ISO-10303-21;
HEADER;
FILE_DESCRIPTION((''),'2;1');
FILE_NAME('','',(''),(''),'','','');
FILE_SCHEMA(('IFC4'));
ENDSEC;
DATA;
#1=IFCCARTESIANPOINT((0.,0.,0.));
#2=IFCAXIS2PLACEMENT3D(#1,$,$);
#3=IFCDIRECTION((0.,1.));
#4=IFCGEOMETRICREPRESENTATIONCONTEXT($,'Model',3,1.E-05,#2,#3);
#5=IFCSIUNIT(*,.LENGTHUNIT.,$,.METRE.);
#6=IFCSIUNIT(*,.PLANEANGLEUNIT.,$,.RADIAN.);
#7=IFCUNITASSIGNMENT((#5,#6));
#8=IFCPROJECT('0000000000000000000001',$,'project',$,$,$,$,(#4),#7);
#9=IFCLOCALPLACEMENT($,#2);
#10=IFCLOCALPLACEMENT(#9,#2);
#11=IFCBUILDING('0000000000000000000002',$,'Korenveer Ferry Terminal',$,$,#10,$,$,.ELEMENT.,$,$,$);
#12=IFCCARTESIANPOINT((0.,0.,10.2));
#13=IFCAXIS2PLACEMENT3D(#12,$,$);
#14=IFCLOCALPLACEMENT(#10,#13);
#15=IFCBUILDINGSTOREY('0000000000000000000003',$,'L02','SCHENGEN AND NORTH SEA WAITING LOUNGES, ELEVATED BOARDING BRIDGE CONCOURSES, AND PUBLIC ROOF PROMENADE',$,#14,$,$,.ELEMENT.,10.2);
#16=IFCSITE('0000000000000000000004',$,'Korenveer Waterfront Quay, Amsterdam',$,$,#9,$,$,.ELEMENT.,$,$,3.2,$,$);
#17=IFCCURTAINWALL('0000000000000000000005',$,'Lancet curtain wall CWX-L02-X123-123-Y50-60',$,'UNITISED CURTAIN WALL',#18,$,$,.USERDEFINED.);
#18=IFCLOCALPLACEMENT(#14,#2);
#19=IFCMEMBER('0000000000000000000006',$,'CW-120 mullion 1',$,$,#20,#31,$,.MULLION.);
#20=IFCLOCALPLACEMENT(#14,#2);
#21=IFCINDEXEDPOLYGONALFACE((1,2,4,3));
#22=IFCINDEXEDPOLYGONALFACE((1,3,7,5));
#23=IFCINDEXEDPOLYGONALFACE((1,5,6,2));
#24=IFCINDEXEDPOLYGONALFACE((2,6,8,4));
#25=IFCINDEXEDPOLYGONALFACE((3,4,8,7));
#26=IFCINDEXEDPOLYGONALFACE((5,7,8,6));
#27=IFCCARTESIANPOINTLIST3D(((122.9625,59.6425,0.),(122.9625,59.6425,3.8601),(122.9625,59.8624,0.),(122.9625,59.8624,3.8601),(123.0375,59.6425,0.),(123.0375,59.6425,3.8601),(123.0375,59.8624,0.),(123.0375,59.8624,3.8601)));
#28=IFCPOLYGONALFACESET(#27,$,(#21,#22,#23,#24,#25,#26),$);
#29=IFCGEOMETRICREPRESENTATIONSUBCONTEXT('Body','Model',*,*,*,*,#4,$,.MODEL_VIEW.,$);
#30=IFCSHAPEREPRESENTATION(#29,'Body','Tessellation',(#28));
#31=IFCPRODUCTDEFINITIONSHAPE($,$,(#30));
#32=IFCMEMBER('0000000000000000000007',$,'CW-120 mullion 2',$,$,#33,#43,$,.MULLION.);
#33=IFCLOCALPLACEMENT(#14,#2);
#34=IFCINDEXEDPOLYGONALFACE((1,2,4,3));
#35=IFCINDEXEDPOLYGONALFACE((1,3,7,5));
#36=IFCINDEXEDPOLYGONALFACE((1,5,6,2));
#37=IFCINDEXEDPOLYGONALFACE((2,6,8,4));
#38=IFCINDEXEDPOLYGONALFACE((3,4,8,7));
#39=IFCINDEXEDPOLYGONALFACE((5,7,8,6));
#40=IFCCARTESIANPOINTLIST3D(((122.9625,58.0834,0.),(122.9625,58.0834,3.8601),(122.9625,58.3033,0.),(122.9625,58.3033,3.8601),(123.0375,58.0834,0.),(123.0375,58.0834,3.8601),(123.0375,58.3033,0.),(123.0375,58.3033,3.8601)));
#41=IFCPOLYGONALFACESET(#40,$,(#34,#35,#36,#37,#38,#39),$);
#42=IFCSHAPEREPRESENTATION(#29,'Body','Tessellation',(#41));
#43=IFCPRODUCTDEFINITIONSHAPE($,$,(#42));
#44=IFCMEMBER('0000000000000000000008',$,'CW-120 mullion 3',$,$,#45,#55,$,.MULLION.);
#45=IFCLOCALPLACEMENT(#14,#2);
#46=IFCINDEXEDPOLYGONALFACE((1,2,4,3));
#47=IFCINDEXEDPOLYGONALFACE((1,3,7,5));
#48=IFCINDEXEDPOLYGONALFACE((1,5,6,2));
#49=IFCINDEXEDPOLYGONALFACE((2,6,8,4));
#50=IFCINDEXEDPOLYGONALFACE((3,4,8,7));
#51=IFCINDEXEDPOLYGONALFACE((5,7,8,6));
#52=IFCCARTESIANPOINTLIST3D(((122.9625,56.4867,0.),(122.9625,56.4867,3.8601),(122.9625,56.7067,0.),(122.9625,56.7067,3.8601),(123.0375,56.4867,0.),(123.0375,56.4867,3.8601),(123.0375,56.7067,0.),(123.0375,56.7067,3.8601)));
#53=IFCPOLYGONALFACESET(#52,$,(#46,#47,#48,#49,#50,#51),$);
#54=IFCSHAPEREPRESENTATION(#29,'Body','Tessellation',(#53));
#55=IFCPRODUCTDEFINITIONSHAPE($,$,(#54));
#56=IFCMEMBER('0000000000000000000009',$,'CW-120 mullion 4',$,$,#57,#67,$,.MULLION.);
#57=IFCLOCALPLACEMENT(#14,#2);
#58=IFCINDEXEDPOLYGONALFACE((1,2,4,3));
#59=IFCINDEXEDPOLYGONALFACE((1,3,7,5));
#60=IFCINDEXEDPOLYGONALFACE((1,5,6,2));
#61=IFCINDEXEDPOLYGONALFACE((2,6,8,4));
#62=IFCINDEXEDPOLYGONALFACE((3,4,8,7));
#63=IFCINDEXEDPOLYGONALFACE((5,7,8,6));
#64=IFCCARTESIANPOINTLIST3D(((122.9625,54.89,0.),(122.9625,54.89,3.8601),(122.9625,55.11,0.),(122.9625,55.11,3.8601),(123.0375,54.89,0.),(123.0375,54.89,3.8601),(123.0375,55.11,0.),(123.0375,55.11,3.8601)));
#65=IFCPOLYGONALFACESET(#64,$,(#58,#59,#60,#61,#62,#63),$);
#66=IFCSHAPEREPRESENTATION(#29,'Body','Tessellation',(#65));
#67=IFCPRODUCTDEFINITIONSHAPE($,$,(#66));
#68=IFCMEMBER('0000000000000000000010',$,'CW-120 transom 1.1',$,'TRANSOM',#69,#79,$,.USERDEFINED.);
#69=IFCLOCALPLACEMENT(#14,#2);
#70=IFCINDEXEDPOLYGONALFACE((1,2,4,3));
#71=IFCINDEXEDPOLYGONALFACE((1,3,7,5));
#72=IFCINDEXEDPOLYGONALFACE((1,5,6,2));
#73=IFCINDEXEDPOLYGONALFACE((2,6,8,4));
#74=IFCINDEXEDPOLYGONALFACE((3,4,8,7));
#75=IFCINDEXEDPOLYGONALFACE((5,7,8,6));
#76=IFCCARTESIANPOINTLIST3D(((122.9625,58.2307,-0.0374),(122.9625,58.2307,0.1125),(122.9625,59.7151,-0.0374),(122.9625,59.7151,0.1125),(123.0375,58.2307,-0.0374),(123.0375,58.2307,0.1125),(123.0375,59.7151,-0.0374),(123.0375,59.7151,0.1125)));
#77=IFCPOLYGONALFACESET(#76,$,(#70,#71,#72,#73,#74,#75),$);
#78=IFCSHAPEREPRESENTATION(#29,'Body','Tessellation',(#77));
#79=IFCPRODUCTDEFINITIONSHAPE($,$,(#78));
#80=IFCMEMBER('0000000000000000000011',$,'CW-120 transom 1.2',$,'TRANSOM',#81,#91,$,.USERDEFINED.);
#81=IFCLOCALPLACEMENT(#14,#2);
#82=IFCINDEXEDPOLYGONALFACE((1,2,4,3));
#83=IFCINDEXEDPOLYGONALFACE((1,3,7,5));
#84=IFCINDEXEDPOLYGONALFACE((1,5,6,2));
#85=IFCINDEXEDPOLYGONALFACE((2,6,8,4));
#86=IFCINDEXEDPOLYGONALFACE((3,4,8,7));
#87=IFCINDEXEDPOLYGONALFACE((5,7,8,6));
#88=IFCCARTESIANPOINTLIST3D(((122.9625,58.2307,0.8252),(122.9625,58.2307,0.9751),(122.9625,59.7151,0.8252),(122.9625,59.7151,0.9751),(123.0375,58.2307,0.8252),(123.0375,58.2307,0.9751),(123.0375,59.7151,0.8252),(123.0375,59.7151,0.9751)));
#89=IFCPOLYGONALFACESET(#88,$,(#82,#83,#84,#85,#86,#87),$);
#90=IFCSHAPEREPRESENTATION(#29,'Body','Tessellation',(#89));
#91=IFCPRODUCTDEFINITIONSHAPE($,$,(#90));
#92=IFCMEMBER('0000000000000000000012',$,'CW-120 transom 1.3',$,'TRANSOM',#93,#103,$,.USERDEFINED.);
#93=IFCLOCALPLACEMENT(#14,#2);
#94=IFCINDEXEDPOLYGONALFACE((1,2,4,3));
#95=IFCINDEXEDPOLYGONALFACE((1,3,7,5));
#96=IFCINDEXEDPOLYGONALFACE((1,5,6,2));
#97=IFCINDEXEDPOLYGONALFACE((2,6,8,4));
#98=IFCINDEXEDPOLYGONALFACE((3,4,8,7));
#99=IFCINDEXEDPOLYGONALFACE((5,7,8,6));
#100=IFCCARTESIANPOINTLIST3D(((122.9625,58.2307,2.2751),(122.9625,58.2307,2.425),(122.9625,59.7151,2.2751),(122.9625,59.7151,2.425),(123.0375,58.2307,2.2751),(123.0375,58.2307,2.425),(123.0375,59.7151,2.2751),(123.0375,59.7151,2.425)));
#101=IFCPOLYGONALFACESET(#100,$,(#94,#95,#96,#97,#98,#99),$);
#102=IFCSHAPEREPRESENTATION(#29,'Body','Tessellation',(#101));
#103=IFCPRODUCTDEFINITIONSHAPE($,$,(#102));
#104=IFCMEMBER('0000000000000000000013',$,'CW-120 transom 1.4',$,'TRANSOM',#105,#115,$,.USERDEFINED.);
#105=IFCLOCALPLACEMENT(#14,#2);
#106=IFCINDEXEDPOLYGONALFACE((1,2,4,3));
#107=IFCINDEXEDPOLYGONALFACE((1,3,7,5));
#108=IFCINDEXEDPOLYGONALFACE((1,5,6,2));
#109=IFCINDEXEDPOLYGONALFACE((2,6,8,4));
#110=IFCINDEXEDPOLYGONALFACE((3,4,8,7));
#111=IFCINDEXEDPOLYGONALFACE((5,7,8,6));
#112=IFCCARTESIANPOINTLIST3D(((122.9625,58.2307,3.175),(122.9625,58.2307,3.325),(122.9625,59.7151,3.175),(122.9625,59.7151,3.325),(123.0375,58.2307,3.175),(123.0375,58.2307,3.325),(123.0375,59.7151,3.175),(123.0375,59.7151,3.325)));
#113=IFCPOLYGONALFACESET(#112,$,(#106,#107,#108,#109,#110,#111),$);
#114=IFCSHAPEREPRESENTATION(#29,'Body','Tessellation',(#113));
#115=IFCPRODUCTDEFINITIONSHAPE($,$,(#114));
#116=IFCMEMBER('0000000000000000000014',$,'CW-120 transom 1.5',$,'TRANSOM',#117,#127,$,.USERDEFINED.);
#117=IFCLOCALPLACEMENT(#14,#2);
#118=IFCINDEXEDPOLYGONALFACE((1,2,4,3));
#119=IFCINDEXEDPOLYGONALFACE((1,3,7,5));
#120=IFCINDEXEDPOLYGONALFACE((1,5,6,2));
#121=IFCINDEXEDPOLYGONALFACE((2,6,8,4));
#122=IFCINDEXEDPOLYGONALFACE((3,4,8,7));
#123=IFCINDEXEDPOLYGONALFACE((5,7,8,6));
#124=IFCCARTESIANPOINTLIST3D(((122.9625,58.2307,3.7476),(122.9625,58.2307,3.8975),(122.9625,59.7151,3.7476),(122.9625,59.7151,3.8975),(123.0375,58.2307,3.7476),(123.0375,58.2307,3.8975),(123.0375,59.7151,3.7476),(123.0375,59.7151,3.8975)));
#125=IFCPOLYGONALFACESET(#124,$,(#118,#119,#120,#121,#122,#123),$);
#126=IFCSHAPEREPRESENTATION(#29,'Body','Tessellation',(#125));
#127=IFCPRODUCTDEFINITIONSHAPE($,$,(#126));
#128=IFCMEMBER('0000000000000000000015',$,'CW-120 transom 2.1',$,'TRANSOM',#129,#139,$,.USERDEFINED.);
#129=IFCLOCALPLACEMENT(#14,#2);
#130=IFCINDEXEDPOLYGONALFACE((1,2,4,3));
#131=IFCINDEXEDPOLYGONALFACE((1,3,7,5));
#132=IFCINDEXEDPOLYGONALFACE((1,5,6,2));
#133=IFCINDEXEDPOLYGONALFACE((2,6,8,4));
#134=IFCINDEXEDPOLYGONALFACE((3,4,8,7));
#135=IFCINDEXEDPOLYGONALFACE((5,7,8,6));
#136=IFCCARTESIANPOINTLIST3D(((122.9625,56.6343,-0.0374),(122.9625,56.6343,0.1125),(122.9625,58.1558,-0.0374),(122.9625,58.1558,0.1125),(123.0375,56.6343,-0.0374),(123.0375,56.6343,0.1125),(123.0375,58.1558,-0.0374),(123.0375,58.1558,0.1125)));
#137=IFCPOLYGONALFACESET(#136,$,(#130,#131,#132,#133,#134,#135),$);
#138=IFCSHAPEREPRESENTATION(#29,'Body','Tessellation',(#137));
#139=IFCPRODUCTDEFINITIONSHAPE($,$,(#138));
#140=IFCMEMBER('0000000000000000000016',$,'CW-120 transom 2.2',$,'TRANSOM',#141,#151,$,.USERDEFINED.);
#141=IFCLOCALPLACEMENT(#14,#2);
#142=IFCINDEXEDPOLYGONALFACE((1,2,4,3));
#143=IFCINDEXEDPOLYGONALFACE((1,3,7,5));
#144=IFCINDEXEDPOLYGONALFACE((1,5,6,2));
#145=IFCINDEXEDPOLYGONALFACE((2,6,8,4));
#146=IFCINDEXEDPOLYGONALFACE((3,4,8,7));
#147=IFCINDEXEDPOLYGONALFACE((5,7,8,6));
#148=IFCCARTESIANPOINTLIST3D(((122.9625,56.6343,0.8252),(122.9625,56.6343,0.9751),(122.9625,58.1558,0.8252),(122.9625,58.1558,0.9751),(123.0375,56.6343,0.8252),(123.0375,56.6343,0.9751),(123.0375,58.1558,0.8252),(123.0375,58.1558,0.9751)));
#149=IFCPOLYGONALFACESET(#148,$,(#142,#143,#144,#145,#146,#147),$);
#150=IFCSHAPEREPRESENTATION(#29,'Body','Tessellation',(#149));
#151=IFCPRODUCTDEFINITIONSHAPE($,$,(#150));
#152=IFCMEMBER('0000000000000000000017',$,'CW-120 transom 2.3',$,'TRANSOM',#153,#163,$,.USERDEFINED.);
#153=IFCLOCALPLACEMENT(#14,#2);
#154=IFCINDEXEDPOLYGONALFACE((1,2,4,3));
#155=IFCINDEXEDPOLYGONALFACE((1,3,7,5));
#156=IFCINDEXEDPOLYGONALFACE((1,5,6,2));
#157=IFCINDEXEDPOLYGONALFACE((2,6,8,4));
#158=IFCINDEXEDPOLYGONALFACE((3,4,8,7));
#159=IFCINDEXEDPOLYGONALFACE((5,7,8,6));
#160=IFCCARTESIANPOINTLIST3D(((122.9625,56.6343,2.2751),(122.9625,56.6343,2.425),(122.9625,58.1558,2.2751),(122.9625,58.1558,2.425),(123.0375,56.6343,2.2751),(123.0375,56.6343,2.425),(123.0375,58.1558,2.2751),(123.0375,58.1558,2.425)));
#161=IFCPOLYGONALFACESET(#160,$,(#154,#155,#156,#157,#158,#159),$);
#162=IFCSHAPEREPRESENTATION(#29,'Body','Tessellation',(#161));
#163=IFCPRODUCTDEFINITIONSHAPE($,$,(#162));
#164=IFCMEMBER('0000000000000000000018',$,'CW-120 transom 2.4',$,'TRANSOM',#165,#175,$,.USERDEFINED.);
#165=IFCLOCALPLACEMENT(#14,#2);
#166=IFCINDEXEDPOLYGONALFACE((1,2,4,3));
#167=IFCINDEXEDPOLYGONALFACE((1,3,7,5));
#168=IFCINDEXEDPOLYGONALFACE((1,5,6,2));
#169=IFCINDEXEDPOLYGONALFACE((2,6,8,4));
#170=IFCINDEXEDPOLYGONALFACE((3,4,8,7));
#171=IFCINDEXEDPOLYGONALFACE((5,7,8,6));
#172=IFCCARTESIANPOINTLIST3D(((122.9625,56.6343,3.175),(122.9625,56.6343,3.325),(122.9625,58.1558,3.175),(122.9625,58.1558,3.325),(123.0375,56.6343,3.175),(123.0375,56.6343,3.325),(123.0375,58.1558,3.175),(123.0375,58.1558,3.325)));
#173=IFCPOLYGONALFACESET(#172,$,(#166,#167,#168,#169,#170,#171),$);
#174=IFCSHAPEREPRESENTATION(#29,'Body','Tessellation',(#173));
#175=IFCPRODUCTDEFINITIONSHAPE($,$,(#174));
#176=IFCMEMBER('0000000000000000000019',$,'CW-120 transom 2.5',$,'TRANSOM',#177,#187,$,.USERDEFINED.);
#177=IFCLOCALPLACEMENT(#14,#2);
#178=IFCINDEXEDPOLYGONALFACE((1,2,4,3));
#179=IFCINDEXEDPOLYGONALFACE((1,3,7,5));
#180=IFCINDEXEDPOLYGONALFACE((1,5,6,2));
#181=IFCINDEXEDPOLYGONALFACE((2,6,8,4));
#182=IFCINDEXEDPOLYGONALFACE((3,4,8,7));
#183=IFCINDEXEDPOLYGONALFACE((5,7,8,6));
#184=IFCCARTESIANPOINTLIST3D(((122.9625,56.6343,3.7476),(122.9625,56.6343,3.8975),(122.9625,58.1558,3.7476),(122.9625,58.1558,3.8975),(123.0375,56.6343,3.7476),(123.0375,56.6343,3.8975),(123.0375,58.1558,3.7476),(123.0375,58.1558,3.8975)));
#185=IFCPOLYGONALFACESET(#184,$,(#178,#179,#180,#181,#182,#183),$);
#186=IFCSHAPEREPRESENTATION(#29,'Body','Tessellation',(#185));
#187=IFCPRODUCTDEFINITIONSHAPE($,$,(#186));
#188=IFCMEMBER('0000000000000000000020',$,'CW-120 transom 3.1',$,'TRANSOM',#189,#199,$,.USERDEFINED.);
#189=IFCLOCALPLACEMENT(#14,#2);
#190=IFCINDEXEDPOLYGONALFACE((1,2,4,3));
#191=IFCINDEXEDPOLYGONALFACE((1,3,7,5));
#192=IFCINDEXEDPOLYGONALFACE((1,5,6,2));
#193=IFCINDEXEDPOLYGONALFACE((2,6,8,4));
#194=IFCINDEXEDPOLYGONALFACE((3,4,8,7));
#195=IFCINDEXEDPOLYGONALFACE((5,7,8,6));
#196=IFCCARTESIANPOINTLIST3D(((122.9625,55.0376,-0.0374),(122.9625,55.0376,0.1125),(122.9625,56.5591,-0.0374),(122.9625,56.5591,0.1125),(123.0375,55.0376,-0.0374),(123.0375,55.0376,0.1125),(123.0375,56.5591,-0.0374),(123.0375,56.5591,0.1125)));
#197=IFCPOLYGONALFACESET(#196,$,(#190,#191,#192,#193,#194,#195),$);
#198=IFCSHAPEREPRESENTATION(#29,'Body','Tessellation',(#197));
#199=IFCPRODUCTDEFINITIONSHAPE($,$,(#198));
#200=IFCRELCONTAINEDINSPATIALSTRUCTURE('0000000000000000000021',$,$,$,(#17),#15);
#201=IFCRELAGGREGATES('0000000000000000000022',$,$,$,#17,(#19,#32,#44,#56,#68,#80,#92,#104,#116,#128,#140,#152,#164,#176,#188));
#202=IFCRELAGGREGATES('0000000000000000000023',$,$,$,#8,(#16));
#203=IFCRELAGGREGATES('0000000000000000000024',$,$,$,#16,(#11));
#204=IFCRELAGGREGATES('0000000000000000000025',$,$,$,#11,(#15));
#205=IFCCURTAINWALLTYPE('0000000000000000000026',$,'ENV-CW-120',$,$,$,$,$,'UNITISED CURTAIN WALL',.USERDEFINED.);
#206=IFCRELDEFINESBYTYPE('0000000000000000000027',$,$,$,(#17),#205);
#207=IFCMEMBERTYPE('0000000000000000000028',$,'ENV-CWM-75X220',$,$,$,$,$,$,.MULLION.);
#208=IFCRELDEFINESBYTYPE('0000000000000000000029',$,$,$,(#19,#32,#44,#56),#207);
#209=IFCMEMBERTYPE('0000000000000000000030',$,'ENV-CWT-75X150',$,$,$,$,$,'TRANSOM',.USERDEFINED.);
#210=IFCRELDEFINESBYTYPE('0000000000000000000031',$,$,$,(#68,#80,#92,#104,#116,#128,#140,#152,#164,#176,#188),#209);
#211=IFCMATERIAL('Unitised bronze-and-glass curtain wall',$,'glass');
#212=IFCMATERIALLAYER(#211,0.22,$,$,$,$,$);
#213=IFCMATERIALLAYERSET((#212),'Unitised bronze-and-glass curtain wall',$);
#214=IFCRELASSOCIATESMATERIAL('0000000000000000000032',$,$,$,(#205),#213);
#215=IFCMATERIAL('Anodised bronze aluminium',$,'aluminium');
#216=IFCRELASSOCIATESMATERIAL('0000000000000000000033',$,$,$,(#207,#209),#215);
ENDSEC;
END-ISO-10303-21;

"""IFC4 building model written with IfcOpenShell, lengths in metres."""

from ifc_helpers import new_model, si_unit, direction, frame, origin, origin_2d, place, context, subcontext, project, spatial, rectangle, extrude, material, layer, layer_set, material_profile, profile_set, type_object, element, aggregate, save


model = new_model("IFC4")

# Units and contexts
model_context = context("Model", 3, precision=1e-05, world=origin(), true_north=direction((0.0, 1.0)))
body_context = subcontext(model_context, "Body", "Model", "MODEL_VIEW")
ifc_project = project(units=[si_unit("LENGTHUNIT", "METRE"), si_unit("PLANEANGLEUNIT", "RADIAN")], contexts=[model_context])

# Site, building, storey
site_placement = place(None, origin())
site = spatial("IfcSite", under=ifc_project, at=site_placement, Name="Korenveer Waterfront Quay, Amsterdam", CompositionType="ELEMENT", RefElevation=3.2)
building_placement = place(site_placement, origin())
building = spatial("IfcBuilding", under=site, at=building_placement, Name="Korenveer Ferry Terminal", CompositionType="ELEMENT")
storey_placement = place(building_placement, frame((0.0, 0.0, 10.2)))
storey = spatial("IfcBuildingStorey", under=building, at=storey_placement, Name="L02", Description="SCHENGEN AND NORTH SEA WAITING LOUNGES, ELEVATED BOARDING BRIDGE CONCOURSES, AND PUBLIC ROOF PROMENADE", CompositionType="ELEMENT", Elevation=10.2)

# Curtain wall, members
ifc_material_1 = material(Name="Unitised bronze-and-glass curtain wall", Category="glass")
ifc_layer_1 = layer(ifc_material_1, 0.22)
ifc_layer_set_1 = layer_set([ifc_layer_1], Name="Unitised bronze-and-glass curtain wall")
curtain_wall_type = type_object("IfcCurtainWallType", Name="ENV-CW-120", ElementType="UNITISED CURTAIN WALL", PredefinedType="USERDEFINED", material=ifc_layer_set_1)
curtain_wall_placement = place(storey_placement, frame((123.0, 59.79, 0.0)))
curtain_wall = element("IfcCurtainWall", 1, at=curtain_wall_placement, inside=storey, type_object=curtain_wall_type, Name="Lancet curtain wall CWX-L02-X123-123-Y50-60", ObjectType="UNITISED CURTAIN WALL", PredefinedType="USERDEFINED")
ifc_material_2 = material(Name="Anodised bronze aluminium", Category="aluminium")
ifc_material_profile_1 = material_profile(ifc_material_2, rectangle(XDim=0.075, YDim=0.22, at=origin_2d()), Name="ALU 75x220")
ifc_profile_set_1 = profile_set([ifc_material_profile_1], Name="Anodised bronze aluminium")
member_type_1 = type_object("IfcMemberType", Name="ENV-CWM-75X220", PredefinedType="MULLION", material=ifc_profile_set_1)
member_1_placement = place(storey_placement, frame((123.0, 59.7524, 0.0), z_axis=(0.0, 0.0, 1.0), x_axis=(1.0, 0.0, 0.0)))
member_1 = element("IfcMember", 2, at=member_1_placement, type_object=member_type_1, Name="CW-120 mullion 1", PredefinedType="MULLION", context=body_context, shape_type="SweptSolid", body=[
    extrude(rectangle(XDim=0.075, YDim=0.22, at=origin_2d()), origin(), (0.0, 0.0, 1.0), 3.8601),
])
member_2_placement = place(storey_placement, frame((123.0, 58.1934, 0.0), z_axis=(0.0, 0.0, 1.0), x_axis=(1.0, 0.0, 0.0)))
member_2 = element("IfcMember", 3, at=member_2_placement, type_object=member_type_1, Name="CW-120 mullion 2", PredefinedType="MULLION", context=body_context, shape_type="SweptSolid", body=[
    extrude(rectangle(XDim=0.075, YDim=0.22, at=origin_2d()), origin(), (0.0, 0.0, 1.0), 3.8601),
])
member_3_placement = place(storey_placement, frame((123.0, 56.5967, 0.0), z_axis=(0.0, 0.0, 1.0), x_axis=(1.0, 0.0, 0.0)))
member_3 = element("IfcMember", 4, at=member_3_placement, type_object=member_type_1, Name="CW-120 mullion 3", PredefinedType="MULLION", context=body_context, shape_type="SweptSolid", body=[
    extrude(rectangle(XDim=0.075, YDim=0.22, at=origin_2d()), origin(), (0.0, 0.0, 1.0), 3.8601),
])
member_4_placement = place(storey_placement, frame((123.0, 55.0, 0.0), z_axis=(0.0, 0.0, 1.0), x_axis=(1.0, 0.0, 0.0)))
member_4 = element("IfcMember", 5, at=member_4_placement, type_object=member_type_1, Name="CW-120 mullion 4", PredefinedType="MULLION", context=body_context, shape_type="SweptSolid", body=[
    extrude(rectangle(XDim=0.075, YDim=0.22, at=origin_2d()), origin(), (0.0, 0.0, 1.0), 3.8601),
])
ifc_material_profile_2 = material_profile(ifc_material_2, rectangle(XDim=0.075, YDim=0.1499, at=origin_2d()), Name="ALU 75x150")
ifc_profile_set_2 = profile_set([ifc_material_profile_2], Name="Anodised bronze aluminium")
member_type_2 = type_object("IfcMemberType", Name="ENV-CWT-75X150", ElementType="TRANSOM", PredefinedType="USERDEFINED", material=ifc_profile_set_2)
member_5_placement = place(storey_placement, frame((123.0, 59.7151, 0.0376), z_axis=(0.0, -1.0, 0.0), x_axis=(1.0, 0.0, 0.0)))
member_5 = element("IfcMember", 6, at=member_5_placement, type_object=member_type_2, Name="CW-120 transom 1.1", ObjectType="TRANSOM", PredefinedType="USERDEFINED", context=body_context, shape_type="SweptSolid", body=[
    extrude(rectangle(XDim=0.075, YDim=0.1499, at=origin_2d()), origin(), (0.0, 0.0, 1.0), 1.4844),
])
member_6_placement = place(storey_placement, frame((123.0, 59.7151, 0.9001), z_axis=(0.0, -1.0, 0.0), x_axis=(1.0, 0.0, 0.0)))
member_6 = element("IfcMember", 7, at=member_6_placement, type_object=member_type_2, Name="CW-120 transom 1.2", ObjectType="TRANSOM", PredefinedType="USERDEFINED", context=body_context, shape_type="SweptSolid", body=[
    extrude(rectangle(XDim=0.075, YDim=0.1499, at=origin_2d()), origin(), (0.0, 0.0, 1.0), 1.4844),
])
member_7_placement = place(storey_placement, frame((123.0, 59.7151, 2.3501), z_axis=(0.0, -1.0, 0.0), x_axis=(1.0, 0.0, 0.0)))
member_7 = element("IfcMember", 8, at=member_7_placement, type_object=member_type_2, Name="CW-120 transom 1.3", ObjectType="TRANSOM", PredefinedType="USERDEFINED", context=body_context, shape_type="SweptSolid", body=[
    extrude(rectangle(XDim=0.075, YDim=0.1499, at=origin_2d()), origin(), (0.0, 0.0, 1.0), 1.4844),
])
member_8_placement = place(storey_placement, frame((123.0, 59.7151, 3.25), z_axis=(0.0, -1.0, 0.0), x_axis=(1.0, 0.0, 0.0)))
member_8 = element("IfcMember", 9, at=member_8_placement, type_object=member_type_2, Name="CW-120 transom 1.4", ObjectType="TRANSOM", PredefinedType="USERDEFINED", context=body_context, shape_type="SweptSolid", body=[
    extrude(rectangle(XDim=0.075, YDim=0.1499, at=origin_2d()), origin(), (0.0, 0.0, 1.0), 1.4844),
])
member_9_placement = place(storey_placement, frame((123.0, 59.7151, 3.8225), z_axis=(0.0, -1.0, 0.0), x_axis=(1.0, 0.0, 0.0)))
member_9 = element("IfcMember", 10, at=member_9_placement, type_object=member_type_2, Name="CW-120 transom 1.5", ObjectType="TRANSOM", PredefinedType="USERDEFINED", context=body_context, shape_type="SweptSolid", body=[
    extrude(rectangle(XDim=0.075, YDim=0.1499, at=origin_2d()), origin(), (0.0, 0.0, 1.0), 1.4844),
])
member_10_placement = place(storey_placement, frame((123.0, 58.1558, 0.0376), z_axis=(0.0, -1.0, 0.0), x_axis=(1.0, 0.0, 0.0)))
member_10 = element("IfcMember", 11, at=member_10_placement, type_object=member_type_2, Name="CW-120 transom 2.1", ObjectType="TRANSOM", PredefinedType="USERDEFINED", context=body_context, shape_type="SweptSolid", body=[
    extrude(rectangle(XDim=0.075, YDim=0.1499, at=origin_2d()), origin(), (0.0, 0.0, 1.0), 1.5215),
])
member_11_placement = place(storey_placement, frame((123.0, 58.1558, 0.9001), z_axis=(0.0, -1.0, 0.0), x_axis=(1.0, 0.0, 0.0)))
member_11 = element("IfcMember", 12, at=member_11_placement, type_object=member_type_2, Name="CW-120 transom 2.2", ObjectType="TRANSOM", PredefinedType="USERDEFINED", context=body_context, shape_type="SweptSolid", body=[
    extrude(rectangle(XDim=0.075, YDim=0.1499, at=origin_2d()), origin(), (0.0, 0.0, 1.0), 1.5215),
])
member_12_placement = place(storey_placement, frame((123.0, 58.1558, 2.3501), z_axis=(0.0, -1.0, 0.0), x_axis=(1.0, 0.0, 0.0)))
member_12 = element("IfcMember", 13, at=member_12_placement, type_object=member_type_2, Name="CW-120 transom 2.3", ObjectType="TRANSOM", PredefinedType="USERDEFINED", context=body_context, shape_type="SweptSolid", body=[
    extrude(rectangle(XDim=0.075, YDim=0.1499, at=origin_2d()), origin(), (0.0, 0.0, 1.0), 1.5215),
])
member_13_placement = place(storey_placement, frame((123.0, 58.1558, 3.25), z_axis=(0.0, -1.0, 0.0), x_axis=(1.0, 0.0, 0.0)))
member_13 = element("IfcMember", 14, at=member_13_placement, type_object=member_type_2, Name="CW-120 transom 2.4", ObjectType="TRANSOM", PredefinedType="USERDEFINED", context=body_context, shape_type="SweptSolid", body=[
    extrude(rectangle(XDim=0.075, YDim=0.1499, at=origin_2d()), origin(), (0.0, 0.0, 1.0), 1.5215),
])
member_14_placement = place(storey_placement, frame((123.0, 58.1558, 3.8225), z_axis=(0.0, -1.0, 0.0), x_axis=(1.0, 0.0, 0.0)))
member_14 = element("IfcMember", 15, at=member_14_placement, type_object=member_type_2, Name="CW-120 transom 2.5", ObjectType="TRANSOM", PredefinedType="USERDEFINED", context=body_context, shape_type="SweptSolid", body=[
    extrude(rectangle(XDim=0.075, YDim=0.1499, at=origin_2d()), origin(), (0.0, 0.0, 1.0), 1.5215),
])
member_15_placement = place(storey_placement, frame((123.0, 56.5591, 0.0376), z_axis=(0.0, -1.0, 0.0), x_axis=(1.0, 0.0, 0.0)))
member_15 = element("IfcMember", 16, at=member_15_placement, type_object=member_type_2, Name="CW-120 transom 3.1", ObjectType="TRANSOM", PredefinedType="USERDEFINED", context=body_context, shape_type="SweptSolid", body=[
    extrude(rectangle(XDim=0.075, YDim=0.1499, at=origin_2d()), origin(), (0.0, 0.0, 1.0), 1.5215),
])
aggregate(curtain_wall, [member_1, member_2, member_3, member_4, member_5, member_6, member_7, member_8, member_9, member_10, member_11, member_12, member_13, member_14, member_15])

save(model, "model.ifc")
